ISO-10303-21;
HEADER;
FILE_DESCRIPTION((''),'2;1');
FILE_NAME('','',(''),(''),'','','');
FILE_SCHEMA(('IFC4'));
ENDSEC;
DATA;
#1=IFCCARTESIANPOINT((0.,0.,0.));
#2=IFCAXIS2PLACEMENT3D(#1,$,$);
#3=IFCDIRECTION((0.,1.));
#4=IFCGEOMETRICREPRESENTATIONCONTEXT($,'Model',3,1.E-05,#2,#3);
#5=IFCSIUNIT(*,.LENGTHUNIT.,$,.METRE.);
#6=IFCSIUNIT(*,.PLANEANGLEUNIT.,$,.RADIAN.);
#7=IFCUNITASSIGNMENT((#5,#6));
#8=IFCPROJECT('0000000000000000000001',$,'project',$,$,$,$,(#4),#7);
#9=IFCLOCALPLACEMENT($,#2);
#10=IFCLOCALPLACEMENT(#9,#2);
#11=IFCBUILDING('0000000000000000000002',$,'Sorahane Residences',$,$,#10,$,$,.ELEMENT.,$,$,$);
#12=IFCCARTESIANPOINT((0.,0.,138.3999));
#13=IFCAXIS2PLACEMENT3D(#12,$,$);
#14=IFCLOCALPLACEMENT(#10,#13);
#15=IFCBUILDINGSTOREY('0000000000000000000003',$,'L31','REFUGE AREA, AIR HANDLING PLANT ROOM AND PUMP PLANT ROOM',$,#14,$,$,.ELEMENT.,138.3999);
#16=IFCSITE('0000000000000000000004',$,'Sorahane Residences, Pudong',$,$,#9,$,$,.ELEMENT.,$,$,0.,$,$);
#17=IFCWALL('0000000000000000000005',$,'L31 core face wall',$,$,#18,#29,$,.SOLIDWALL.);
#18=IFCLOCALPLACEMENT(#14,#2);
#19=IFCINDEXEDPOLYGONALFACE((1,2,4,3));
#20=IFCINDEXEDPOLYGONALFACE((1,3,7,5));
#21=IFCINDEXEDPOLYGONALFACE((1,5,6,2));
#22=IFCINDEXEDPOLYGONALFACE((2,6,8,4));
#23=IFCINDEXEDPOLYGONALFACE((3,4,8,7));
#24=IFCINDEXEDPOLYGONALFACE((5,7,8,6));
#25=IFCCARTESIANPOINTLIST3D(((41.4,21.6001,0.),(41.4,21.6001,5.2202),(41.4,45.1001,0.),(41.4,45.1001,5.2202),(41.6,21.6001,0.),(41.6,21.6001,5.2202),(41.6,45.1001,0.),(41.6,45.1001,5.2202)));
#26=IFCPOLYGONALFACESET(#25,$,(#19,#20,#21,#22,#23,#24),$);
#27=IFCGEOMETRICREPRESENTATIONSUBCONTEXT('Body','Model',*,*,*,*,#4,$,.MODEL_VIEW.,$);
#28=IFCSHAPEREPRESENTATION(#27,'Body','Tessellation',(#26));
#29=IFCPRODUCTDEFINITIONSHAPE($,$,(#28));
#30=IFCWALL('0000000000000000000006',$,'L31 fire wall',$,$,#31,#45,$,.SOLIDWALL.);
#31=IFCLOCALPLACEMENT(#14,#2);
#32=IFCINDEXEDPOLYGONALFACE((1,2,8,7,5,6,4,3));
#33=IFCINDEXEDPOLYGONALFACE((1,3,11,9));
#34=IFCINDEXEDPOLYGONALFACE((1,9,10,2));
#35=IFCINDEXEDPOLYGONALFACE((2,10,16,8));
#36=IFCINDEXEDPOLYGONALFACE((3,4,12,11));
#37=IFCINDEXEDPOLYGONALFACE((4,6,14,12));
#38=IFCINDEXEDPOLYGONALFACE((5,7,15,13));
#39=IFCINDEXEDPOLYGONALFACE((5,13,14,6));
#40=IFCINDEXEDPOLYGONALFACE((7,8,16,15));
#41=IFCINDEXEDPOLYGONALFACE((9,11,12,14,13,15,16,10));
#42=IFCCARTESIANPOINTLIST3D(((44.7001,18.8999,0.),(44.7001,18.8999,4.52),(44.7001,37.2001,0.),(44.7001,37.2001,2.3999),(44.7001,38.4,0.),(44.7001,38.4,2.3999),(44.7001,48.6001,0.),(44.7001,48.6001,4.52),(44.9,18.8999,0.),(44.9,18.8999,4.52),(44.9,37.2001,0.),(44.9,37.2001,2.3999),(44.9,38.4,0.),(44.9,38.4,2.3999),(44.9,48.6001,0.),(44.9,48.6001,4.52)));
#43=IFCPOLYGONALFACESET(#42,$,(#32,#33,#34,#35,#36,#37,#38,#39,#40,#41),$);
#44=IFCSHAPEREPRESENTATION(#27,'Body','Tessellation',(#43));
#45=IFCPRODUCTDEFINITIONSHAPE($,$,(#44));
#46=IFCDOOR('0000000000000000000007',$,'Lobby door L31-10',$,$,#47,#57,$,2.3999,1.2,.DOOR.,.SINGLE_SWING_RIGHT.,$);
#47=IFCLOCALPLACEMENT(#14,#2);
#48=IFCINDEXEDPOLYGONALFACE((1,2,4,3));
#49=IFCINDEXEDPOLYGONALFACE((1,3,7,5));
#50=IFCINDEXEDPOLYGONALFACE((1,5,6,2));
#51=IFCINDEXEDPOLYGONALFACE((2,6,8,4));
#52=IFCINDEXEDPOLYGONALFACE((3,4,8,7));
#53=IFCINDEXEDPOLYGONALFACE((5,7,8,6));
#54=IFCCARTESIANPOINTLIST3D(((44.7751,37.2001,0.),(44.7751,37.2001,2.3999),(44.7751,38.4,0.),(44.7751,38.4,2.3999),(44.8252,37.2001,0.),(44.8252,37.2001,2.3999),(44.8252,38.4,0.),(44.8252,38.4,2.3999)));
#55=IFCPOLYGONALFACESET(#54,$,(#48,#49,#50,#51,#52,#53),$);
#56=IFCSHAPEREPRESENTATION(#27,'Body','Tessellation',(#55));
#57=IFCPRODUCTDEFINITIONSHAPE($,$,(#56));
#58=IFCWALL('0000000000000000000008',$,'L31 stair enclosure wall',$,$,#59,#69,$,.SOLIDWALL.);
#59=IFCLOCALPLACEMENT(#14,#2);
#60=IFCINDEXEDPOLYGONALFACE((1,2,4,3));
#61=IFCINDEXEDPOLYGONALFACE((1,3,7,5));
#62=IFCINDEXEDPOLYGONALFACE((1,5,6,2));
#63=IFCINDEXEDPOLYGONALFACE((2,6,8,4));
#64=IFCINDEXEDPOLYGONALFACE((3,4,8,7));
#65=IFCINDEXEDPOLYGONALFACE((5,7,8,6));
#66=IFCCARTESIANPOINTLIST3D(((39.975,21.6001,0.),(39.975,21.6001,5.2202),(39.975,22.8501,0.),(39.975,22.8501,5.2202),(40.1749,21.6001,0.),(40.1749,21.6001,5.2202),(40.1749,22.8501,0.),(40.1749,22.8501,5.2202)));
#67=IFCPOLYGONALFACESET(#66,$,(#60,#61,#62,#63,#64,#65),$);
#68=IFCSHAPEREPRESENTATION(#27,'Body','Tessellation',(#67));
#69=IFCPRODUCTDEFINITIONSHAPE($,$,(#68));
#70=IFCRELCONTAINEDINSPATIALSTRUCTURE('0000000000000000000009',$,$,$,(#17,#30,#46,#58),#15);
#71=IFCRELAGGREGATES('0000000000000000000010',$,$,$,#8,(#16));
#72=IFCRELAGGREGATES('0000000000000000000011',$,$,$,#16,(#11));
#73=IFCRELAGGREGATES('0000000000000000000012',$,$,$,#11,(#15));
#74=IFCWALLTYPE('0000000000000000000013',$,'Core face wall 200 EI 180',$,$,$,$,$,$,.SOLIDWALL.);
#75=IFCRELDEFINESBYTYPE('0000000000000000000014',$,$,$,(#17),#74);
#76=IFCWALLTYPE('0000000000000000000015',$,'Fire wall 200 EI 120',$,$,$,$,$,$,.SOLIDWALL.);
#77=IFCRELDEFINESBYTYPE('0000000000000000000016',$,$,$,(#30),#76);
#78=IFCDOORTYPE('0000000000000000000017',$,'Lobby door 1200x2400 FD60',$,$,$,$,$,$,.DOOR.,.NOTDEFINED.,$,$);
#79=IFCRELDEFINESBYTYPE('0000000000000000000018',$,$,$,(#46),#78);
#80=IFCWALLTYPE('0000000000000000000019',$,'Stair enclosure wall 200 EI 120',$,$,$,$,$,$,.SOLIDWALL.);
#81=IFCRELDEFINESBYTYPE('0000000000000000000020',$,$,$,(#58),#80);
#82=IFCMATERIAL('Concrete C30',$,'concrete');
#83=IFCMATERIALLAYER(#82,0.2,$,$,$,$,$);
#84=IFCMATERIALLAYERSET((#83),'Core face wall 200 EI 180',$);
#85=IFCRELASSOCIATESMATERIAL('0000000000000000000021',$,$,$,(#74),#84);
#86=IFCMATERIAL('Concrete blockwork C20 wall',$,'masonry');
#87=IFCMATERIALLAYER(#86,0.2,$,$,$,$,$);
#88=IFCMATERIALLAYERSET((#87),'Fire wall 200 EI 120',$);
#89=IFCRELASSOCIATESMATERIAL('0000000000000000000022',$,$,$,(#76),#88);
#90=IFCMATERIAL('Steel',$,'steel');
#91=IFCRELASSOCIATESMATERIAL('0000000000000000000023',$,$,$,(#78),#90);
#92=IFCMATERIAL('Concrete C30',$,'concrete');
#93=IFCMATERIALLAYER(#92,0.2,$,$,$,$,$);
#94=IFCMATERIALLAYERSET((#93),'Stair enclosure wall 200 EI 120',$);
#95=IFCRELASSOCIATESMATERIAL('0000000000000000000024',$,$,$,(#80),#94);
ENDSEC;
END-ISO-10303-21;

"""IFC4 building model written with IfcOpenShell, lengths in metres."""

from ifc_helpers import new_model, si_unit, direction, frame, frame_2d, origin, place, context, subcontext, project, spatial, rectangle, extrude, material, layer, layer_set, type_object, element, fill, save


model = new_model("IFC4")

# Units and contexts
model_context = context("Model", 3, precision=1e-05, world=origin(), true_north=direction((0.0, 1.0)))
body_context = subcontext(model_context, "Body", "Model", "MODEL_VIEW")
ifc_project = project(units=[si_unit("LENGTHUNIT", "METRE"), si_unit("PLANEANGLEUNIT", "RADIAN")], contexts=[model_context])

# Site, building, storey
site_placement = place(None, origin())
site = spatial("IfcSite", under=ifc_project, at=site_placement, Name="Sorahane Residences, Pudong", CompositionType="ELEMENT", RefElevation=0.0)
building_placement = place(site_placement, origin())
building = spatial("IfcBuilding", under=site, at=building_placement, Name="Sorahane Residences", CompositionType="ELEMENT")
storey_placement = place(building_placement, frame((0.0, 0.0, 138.3999)))
storey = spatial("IfcBuildingStorey", under=building, at=storey_placement, Name="L31", Description="REFUGE AREA, AIR HANDLING PLANT ROOM AND PUMP PLANT ROOM", CompositionType="ELEMENT", Elevation=138.3999)

# Wall
ifc_material_1 = material(Name="Concrete C30", Category="concrete")
ifc_layer_1 = layer(ifc_material_1, 0.2)
ifc_layer_set_1 = layer_set([ifc_layer_1], Name="Core face wall 200 EI 180")
wall_type_1 = type_object("IfcWallType", Name="Core face wall 200 EI 180", PredefinedType="SOLIDWALL", material=ifc_layer_set_1)
wall_1_placement = place(storey_placement, frame((41.5, 21.6001, 0.0), z_axis=(0.0, 0.0, 1.0), x_axis=(0.0, 1.0, 0.0)))
element("IfcWall", 1, at=wall_1_placement, inside=storey, type_object=wall_type_1, Name="L31 core face wall", PredefinedType="SOLIDWALL", context=body_context, shape_type="SweptSolid", body=[
    extrude(rectangle(XDim=23.5, YDim=0.2, at=frame_2d((11.75, 0.0))), origin(), (0.0, 0.0, 1.0), 5.2202),
])

# Wall, opening, door
ifc_material_2 = material(Name="Concrete blockwork C20 wall", Category="masonry")
ifc_layer_2 = layer(ifc_material_2, 0.2)
ifc_layer_set_2 = layer_set([ifc_layer_2], Name="Fire wall 200 EI 120")
wall_type_2 = type_object("IfcWallType", Name="Fire wall 200 EI 120", PredefinedType="SOLIDWALL", material=ifc_layer_set_2)
wall_2_placement = place(storey_placement, frame((44.8, 18.8999, 0.0), z_axis=(0.0, 0.0, 1.0), x_axis=(0.0, 1.0, 0.0)))
wall_2 = element("IfcWall", 2, at=wall_2_placement, inside=storey, type_object=wall_type_2, Name="L31 fire wall", PredefinedType="SOLIDWALL", context=body_context, shape_type="SweptSolid", body=[
    extrude(rectangle(XDim=29.7002, YDim=0.2, at=frame_2d((14.8501, 0.0))), origin(), (0.0, 0.0, 1.0), 4.52),
])
opening_1_placement = place(wall_2_placement, frame((18.3, 0.0, 0.0)))
opening_1 = element("IfcOpeningElement", 3, at=opening_1_placement, cuts=wall_2, PredefinedType="OPENING", context=body_context, shape_type="SweptSolid", body=[
    extrude(rectangle(XDim=1.2, YDim=2.3999, at=frame_2d((0.6001, 1.2))), frame((0.0, 0.1099, 0.0), z_axis=(0.0, -1.0, 0.0), x_axis=(1.0, 0.0, 0.0)), (0.0, 0.0, 1.0), 0.22),
])
ifc_material_3 = material(Name="Steel", Category="steel")
door_type_1 = type_object("IfcDoorType", Name="Lobby door 1200x2400 FD60", OperationType="NOTDEFINED", PredefinedType="DOOR", material=ifc_material_3)
door_1_placement = place(opening_1_placement, origin())
door_1 = element("IfcDoor", 4, at=door_1_placement, inside=storey, type_object=door_type_1, Name="Lobby door L31-10", OperationType="SINGLE_SWING_RIGHT", OverallHeight=2.3999, OverallWidth=1.2, PredefinedType="DOOR", context=body_context, shape_type="SweptSolid", body=[
    extrude(rectangle(XDim=1.2, YDim=2.3999, at=frame_2d((0.6001, 1.2))), frame((0.0, 0.0249, 0.0), z_axis=(0.0, -1.0, 0.0), x_axis=(1.0, 0.0, 0.0)), (0.0, 0.0, 1.0), 0.05),
])
fill(opening_1, door_1)

# Wall
ifc_material_4 = material(Name="Concrete C30", Category="concrete")
ifc_layer_3 = layer(ifc_material_4, 0.2)
ifc_layer_set_3 = layer_set([ifc_layer_3], Name="Stair enclosure wall 200 EI 120")
wall_type_3 = type_object("IfcWallType", Name="Stair enclosure wall 200 EI 120", PredefinedType="SOLIDWALL", material=ifc_layer_set_3)
wall_3_placement = place(storey_placement, frame((40.075, 21.6001, 0.0), z_axis=(0.0, 0.0, 1.0), x_axis=(0.0, 1.0, 0.0)))
element("IfcWall", 5, at=wall_3_placement, inside=storey, type_object=wall_type_3, Name="L31 stair enclosure wall", PredefinedType="SOLIDWALL", context=body_context, shape_type="SweptSolid", body=[
    extrude(rectangle(XDim=1.25, YDim=0.2, at=frame_2d((0.625, 0.0))), origin(), (0.0, 0.0, 1.0), 5.2202),
])

save(model, "model.ifc")
